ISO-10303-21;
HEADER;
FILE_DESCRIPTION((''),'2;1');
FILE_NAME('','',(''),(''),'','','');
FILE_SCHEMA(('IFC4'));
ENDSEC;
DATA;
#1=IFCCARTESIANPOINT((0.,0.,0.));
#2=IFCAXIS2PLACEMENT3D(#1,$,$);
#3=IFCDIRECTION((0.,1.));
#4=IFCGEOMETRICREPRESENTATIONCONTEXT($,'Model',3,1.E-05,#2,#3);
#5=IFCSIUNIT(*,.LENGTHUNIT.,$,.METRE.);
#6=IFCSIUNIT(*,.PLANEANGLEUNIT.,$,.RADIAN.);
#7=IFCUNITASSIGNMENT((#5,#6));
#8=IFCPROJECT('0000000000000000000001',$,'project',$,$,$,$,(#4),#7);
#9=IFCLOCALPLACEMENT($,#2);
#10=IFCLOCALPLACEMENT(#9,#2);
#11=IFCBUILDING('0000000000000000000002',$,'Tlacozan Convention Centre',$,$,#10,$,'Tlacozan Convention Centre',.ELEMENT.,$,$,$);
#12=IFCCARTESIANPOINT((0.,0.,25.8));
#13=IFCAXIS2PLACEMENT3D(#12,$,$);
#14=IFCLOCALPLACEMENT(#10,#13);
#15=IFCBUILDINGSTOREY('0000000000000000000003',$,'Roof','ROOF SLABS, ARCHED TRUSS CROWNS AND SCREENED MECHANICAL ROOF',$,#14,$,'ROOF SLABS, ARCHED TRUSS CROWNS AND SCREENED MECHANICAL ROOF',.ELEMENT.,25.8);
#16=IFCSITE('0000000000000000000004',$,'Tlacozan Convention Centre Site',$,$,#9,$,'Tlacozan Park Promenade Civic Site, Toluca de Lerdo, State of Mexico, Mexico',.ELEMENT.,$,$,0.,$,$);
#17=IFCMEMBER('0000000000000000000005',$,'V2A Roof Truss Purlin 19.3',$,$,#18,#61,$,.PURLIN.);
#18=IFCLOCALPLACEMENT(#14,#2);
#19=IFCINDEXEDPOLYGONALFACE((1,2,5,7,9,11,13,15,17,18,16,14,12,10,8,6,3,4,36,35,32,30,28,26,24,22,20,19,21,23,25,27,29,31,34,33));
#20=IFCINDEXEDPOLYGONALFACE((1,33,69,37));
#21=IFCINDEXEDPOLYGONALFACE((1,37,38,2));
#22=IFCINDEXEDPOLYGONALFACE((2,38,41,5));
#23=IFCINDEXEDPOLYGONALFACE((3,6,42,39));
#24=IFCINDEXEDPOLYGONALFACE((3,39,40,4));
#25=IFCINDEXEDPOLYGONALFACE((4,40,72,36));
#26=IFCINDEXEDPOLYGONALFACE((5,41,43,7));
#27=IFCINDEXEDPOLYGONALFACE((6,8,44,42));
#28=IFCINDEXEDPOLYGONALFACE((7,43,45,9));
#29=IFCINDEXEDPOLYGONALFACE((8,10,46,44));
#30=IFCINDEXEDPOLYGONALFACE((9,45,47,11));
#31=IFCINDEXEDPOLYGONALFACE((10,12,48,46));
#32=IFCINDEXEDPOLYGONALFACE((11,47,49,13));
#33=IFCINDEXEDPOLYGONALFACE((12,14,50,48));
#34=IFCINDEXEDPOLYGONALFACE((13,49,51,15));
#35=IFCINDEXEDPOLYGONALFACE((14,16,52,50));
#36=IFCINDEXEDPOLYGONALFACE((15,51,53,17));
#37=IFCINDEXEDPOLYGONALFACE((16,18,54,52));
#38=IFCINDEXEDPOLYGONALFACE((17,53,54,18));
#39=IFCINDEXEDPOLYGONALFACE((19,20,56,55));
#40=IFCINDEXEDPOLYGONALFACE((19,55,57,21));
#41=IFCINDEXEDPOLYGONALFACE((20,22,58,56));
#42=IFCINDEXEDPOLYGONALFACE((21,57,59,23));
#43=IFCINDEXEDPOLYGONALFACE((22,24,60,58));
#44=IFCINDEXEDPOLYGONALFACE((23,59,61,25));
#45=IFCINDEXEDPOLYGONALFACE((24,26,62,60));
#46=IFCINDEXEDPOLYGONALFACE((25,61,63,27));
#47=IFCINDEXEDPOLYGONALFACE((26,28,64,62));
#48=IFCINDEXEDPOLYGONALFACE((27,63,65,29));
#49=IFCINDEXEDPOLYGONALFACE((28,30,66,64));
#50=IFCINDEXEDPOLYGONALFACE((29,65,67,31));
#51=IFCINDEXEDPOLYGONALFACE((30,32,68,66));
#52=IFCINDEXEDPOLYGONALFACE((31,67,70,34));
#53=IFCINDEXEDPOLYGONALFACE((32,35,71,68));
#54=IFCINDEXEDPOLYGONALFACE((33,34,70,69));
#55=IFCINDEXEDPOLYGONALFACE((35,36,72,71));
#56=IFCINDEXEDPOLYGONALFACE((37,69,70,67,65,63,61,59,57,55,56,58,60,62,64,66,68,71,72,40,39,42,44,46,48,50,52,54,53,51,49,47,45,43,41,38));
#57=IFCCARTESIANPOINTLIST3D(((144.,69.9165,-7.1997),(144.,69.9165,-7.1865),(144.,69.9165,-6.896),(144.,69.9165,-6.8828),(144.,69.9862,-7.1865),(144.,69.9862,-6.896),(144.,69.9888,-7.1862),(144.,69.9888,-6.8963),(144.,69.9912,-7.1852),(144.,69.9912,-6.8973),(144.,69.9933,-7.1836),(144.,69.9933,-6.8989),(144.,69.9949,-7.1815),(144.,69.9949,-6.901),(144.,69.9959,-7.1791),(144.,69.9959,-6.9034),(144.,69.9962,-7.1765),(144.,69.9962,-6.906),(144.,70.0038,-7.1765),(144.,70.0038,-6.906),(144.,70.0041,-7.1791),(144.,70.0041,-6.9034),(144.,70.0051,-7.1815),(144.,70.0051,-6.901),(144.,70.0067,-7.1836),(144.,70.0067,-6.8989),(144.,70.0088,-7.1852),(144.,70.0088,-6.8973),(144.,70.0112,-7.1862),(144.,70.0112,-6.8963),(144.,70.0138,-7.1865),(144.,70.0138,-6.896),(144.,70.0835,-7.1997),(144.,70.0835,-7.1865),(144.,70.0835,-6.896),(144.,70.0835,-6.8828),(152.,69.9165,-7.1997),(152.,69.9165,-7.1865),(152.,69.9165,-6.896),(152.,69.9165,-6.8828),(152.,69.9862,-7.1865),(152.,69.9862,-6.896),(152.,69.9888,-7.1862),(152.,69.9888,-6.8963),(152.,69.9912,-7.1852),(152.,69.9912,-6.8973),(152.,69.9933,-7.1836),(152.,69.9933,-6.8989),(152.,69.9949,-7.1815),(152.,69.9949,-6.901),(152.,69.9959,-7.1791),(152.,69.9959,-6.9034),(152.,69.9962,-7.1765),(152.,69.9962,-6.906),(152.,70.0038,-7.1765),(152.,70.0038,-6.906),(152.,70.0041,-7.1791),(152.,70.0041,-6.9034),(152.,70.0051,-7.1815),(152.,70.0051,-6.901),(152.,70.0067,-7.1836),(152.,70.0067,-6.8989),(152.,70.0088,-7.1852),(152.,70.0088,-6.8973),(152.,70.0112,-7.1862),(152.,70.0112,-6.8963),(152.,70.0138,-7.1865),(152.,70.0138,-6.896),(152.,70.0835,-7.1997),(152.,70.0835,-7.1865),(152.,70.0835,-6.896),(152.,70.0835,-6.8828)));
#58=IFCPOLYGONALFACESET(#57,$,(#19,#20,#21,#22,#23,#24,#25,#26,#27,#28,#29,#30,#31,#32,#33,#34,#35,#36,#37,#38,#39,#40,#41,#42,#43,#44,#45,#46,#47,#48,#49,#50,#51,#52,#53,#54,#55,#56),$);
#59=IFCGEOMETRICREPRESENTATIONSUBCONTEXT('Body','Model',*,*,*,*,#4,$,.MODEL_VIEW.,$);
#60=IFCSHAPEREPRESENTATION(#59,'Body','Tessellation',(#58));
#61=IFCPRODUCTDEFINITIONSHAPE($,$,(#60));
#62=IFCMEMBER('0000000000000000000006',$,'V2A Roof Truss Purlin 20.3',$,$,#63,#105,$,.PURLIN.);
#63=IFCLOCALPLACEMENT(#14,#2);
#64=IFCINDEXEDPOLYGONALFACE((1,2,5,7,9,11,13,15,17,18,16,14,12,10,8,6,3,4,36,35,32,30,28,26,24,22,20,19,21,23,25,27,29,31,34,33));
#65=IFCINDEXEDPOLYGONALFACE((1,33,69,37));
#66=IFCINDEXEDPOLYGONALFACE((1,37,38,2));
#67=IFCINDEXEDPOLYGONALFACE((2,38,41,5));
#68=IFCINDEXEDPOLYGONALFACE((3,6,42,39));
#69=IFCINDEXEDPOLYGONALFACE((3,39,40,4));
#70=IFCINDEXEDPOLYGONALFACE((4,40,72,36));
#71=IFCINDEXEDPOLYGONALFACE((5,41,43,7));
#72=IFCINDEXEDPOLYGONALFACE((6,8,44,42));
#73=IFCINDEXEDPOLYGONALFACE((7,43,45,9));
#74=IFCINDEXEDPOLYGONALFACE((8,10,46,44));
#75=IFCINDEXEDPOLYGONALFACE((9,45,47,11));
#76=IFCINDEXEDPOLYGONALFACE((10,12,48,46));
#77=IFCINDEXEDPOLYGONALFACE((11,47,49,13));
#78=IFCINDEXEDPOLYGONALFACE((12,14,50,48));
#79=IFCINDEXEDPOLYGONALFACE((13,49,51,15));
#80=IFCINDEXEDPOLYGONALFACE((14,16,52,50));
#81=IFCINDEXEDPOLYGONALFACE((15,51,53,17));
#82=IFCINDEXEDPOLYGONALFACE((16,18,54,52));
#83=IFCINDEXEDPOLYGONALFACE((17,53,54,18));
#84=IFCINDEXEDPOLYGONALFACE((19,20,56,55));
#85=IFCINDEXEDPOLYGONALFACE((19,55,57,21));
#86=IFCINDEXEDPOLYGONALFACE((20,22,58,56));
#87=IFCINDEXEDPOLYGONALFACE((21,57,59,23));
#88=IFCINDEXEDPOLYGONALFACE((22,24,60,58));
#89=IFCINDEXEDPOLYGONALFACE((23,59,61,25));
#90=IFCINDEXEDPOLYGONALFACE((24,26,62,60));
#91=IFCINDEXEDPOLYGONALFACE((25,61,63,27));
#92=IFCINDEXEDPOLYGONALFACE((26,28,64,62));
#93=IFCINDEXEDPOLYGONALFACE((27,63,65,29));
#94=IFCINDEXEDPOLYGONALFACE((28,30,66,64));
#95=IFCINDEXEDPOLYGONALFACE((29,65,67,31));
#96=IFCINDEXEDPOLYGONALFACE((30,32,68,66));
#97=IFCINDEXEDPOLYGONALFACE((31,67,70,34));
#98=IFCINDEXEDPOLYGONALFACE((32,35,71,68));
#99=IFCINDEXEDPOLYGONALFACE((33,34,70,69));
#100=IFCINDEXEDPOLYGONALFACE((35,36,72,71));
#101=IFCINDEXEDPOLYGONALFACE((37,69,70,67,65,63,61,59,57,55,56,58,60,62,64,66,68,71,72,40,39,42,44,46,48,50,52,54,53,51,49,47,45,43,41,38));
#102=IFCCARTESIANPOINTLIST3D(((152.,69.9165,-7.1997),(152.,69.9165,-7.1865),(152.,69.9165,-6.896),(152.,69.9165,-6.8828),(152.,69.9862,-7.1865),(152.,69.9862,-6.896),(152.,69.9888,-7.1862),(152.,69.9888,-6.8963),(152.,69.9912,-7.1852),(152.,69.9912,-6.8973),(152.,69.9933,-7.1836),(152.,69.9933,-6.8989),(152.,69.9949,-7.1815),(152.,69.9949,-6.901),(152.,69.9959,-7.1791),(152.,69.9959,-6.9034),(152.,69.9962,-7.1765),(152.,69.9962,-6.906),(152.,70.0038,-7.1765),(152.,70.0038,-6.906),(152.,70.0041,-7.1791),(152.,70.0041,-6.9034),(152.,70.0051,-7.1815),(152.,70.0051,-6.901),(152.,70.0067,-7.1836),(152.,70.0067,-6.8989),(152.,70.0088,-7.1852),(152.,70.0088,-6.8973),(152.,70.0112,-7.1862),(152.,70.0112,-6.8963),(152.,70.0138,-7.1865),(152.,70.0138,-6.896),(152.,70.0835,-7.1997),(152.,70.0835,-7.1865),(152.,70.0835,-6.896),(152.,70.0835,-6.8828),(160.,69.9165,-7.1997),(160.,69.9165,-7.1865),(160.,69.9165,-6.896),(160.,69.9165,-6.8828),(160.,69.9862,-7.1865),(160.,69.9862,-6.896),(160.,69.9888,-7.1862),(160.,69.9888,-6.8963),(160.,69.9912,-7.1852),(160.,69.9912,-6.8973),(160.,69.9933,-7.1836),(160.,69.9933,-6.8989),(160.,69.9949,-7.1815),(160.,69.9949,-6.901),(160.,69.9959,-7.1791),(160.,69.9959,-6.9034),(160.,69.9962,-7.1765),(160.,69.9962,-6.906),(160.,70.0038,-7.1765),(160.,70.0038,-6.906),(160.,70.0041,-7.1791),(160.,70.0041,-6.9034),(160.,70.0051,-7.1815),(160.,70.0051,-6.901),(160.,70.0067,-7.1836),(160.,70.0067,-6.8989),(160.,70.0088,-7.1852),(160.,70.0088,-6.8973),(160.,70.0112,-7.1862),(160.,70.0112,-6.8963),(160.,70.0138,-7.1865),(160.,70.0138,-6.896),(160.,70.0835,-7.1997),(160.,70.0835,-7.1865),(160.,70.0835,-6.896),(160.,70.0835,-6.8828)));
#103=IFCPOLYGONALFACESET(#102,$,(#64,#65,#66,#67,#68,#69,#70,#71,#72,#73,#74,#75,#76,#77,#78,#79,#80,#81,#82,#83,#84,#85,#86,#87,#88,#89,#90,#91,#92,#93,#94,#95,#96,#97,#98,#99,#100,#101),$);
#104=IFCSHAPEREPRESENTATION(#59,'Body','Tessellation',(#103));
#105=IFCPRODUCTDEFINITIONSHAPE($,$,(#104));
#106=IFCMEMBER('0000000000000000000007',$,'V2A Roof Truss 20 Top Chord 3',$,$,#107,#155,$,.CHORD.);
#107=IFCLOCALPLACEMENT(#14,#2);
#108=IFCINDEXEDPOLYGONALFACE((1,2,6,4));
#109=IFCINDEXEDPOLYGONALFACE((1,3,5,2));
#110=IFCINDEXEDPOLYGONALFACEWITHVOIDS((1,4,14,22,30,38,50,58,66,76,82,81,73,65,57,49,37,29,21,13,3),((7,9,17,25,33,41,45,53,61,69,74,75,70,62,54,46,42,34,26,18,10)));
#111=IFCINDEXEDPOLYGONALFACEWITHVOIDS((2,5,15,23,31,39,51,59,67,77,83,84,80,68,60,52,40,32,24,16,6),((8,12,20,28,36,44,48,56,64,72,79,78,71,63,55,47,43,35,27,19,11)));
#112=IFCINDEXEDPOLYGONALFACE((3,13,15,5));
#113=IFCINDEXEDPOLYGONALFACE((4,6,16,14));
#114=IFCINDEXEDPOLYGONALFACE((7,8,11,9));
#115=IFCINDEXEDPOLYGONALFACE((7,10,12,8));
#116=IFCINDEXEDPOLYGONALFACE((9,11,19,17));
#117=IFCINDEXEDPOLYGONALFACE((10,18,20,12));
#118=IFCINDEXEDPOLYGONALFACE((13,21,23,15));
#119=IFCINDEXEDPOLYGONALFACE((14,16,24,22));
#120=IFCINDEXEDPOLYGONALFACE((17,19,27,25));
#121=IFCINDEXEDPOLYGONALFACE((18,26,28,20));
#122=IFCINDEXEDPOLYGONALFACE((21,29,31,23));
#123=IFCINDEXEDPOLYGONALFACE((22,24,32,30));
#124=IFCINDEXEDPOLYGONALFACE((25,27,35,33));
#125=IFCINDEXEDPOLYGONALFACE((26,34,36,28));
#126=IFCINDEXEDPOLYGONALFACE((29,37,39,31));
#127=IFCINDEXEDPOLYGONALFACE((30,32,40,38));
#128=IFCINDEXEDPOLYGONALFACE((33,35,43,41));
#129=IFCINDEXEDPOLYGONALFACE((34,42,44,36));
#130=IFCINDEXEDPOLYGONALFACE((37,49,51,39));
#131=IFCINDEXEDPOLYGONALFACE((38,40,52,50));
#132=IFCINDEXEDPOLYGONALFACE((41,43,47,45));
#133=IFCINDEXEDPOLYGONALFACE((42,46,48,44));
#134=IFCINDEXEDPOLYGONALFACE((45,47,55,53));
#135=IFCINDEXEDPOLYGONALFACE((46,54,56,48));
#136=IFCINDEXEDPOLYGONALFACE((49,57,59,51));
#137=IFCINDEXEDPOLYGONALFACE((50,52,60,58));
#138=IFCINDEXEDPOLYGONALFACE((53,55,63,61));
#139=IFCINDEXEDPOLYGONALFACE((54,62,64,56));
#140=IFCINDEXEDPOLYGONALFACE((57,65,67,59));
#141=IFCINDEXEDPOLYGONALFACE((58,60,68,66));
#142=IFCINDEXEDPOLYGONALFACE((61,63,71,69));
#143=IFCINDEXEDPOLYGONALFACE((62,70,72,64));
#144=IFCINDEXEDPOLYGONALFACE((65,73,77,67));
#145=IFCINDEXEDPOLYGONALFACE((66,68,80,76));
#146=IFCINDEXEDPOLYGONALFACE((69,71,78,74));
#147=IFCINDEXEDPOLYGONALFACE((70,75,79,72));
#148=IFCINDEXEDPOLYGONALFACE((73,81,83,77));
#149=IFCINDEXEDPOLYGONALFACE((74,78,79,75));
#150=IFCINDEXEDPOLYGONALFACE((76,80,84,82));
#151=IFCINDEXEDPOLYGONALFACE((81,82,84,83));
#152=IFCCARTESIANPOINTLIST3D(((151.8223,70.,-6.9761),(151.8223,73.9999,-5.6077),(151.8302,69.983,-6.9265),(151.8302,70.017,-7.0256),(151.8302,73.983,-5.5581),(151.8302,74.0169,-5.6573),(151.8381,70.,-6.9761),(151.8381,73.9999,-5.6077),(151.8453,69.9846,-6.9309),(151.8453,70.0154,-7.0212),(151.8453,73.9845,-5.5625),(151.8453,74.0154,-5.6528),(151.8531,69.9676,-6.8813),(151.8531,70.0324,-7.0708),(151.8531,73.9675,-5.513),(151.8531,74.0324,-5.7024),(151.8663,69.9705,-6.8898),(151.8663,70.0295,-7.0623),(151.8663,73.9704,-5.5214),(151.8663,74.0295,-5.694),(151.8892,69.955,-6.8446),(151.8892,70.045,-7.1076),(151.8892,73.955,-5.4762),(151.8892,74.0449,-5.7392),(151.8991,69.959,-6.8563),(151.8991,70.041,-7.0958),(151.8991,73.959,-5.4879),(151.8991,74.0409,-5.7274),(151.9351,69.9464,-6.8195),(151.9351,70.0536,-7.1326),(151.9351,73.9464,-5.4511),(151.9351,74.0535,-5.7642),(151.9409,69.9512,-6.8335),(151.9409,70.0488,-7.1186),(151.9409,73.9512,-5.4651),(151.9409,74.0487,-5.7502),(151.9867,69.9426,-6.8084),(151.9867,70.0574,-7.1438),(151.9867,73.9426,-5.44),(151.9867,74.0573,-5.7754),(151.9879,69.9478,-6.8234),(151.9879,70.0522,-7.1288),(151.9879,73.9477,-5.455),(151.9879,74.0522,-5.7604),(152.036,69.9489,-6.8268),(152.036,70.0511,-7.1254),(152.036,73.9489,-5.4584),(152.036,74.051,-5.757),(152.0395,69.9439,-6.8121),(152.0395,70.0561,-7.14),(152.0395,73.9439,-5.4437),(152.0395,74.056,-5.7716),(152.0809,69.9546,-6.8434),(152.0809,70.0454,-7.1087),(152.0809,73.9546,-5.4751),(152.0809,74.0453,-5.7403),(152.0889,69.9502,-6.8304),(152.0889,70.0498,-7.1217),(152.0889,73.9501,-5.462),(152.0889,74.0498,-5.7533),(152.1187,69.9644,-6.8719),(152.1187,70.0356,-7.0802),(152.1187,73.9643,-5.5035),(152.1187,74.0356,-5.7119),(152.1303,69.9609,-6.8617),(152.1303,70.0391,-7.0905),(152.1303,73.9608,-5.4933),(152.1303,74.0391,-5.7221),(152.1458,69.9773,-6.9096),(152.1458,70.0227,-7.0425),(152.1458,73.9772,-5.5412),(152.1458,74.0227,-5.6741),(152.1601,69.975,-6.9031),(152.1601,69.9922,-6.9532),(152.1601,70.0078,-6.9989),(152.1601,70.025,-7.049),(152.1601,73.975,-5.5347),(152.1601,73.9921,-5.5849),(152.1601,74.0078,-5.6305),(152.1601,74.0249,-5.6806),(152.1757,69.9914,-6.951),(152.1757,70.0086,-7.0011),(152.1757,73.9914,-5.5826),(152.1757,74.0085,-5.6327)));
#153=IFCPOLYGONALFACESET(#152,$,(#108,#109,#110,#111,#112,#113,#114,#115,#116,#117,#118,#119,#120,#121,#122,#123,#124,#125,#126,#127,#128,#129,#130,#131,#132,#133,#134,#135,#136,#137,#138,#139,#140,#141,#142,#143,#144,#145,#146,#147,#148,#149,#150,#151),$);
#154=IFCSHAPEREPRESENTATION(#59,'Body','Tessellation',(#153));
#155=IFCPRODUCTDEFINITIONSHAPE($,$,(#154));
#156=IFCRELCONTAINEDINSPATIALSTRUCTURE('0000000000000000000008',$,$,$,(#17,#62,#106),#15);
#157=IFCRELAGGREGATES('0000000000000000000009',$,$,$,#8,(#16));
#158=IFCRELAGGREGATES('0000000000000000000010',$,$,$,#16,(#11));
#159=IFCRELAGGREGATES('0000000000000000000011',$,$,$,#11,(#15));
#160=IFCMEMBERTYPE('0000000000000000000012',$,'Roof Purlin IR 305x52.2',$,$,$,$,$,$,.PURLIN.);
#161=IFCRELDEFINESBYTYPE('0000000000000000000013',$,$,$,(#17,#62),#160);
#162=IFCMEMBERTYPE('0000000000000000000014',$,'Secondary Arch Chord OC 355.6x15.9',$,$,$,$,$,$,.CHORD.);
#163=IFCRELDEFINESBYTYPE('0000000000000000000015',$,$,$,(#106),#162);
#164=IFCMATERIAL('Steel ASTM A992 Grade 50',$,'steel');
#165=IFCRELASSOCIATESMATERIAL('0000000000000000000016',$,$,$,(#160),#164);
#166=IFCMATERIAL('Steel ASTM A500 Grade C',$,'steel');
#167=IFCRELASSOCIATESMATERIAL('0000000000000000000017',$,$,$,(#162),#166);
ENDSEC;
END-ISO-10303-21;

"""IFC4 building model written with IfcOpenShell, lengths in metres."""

from ifc_helpers import new_model, si_unit, direction, frame, origin, origin_2d, place, context, subcontext, project, spatial, hollow_circle, i_section, extrude, material, material_profile, profile_set, type_object, element, save


model = new_model("IFC4")

# Units and contexts
model_context = context("Model", 3, precision=1e-05, world=origin(), true_north=direction((0.0, 1.0)))
body_context = subcontext(model_context, "Body", "Model", "MODEL_VIEW")
ifc_project = project(units=[si_unit("LENGTHUNIT", "METRE"), si_unit("PLANEANGLEUNIT", "RADIAN")], contexts=[model_context])

# Site, building, storey
site_placement = place(None, origin())
site = spatial("IfcSite", under=ifc_project, at=site_placement, Name="Tlacozan Convention Centre Site", LongName="Tlacozan Park Promenade Civic Site, Toluca de Lerdo, State of Mexico, Mexico", CompositionType="ELEMENT", RefElevation=0.0)
building_placement = place(site_placement, origin())
building = spatial("IfcBuilding", under=site, at=building_placement, Name="Tlacozan Convention Centre", LongName="Tlacozan Convention Centre", CompositionType="ELEMENT")
storey_placement = place(building_placement, frame((0.0, 0.0, 25.8)))
storey = spatial("IfcBuildingStorey", under=building, at=storey_placement, Name="Roof", Description="ROOF SLABS, ARCHED TRUSS CROWNS AND SCREENED MECHANICAL ROOF", LongName="ROOF SLABS, ARCHED TRUSS CROWNS AND SCREENED MECHANICAL ROOF", CompositionType="ELEMENT", Elevation=25.8)

# Members
ifc_material_1 = material(Name="Steel ASTM A500 Grade C", Category="steel")
ifc_material_2 = material(Name="Steel ASTM A992 Grade 50", Category="steel")
ifc_material_profile_1 = material_profile(ifc_material_2, i_section(OverallWidth=0.167, OverallDepth=0.3169, WebThickness=0.0076, FlangeThickness=0.0132, FilletRadius=0.01, at=origin_2d()), Name="IR 305x52.2")
ifc_profile_set_1 = profile_set([ifc_material_profile_1], Name="Steel ASTM A992 Grade 50")
member_type_1 = type_object("IfcMemberType", Name="Roof Purlin IR 305x52.2", PredefinedType="PURLIN", material=ifc_profile_set_1)
for number, where, z_axis, x_axis, name in (
    (1, (144.0, 70.0, -7.0413), (1.0, 0.0, 0.0), (0.0, 1.0, 0.0), "V2A Roof Truss Purlin 19.3"),
    (2, (152.0, 70.0, -7.0413), (1.0, 0.0, 0.0), (0.0, 1.0, 0.0), "V2A Roof Truss Purlin 20.3"),
):
    element("IfcMember", number, at=place(storey_placement, frame(where, z_axis=z_axis, x_axis=x_axis)), inside=storey, type_object=member_type_1, Name=name, PredefinedType="PURLIN", context=body_context, shape_type="SweptSolid", body=[
        extrude(i_section(OverallWidth=0.167, OverallDepth=0.3169, WebThickness=0.0076, FlangeThickness=0.0132, FilletRadius=0.01, at=origin_2d()), origin(), (0.0, 0.0, 1.0), 8.0),
    ])
ifc_material_profile_2 = material_profile(ifc_material_1, hollow_circle(Radius=0.1777, WallThickness=0.0159, at=origin_2d()), Name="OC 355.6x15.9")
ifc_profile_set_2 = profile_set([ifc_material_profile_2], Name="Steel ASTM A500 Grade C")
member_type_2 = type_object("IfcMemberType", Name="Secondary Arch Chord OC 355.6x15.9", PredefinedType="CHORD", material=ifc_profile_set_2)
member_1_placement = place(storey_placement, frame((152.0, 70.0, -6.9761), z_axis=(0.0, 0.946165, 0.323685), x_axis=(-1.0, 0.0, 0.0)))
element("IfcMember", 3, at=member_1_placement, inside=storey, type_object=member_type_2, Name="V2A Roof Truss 20 Top Chord 3", PredefinedType="CHORD", context=body_context, shape_type="SweptSolid", body=[
    extrude(hollow_circle(Radius=0.1777, WallThickness=0.0159, at=origin_2d()), origin(), (0.0, 0.0, 1.0), 4.2275),
])

save(model, "model.ifc")
